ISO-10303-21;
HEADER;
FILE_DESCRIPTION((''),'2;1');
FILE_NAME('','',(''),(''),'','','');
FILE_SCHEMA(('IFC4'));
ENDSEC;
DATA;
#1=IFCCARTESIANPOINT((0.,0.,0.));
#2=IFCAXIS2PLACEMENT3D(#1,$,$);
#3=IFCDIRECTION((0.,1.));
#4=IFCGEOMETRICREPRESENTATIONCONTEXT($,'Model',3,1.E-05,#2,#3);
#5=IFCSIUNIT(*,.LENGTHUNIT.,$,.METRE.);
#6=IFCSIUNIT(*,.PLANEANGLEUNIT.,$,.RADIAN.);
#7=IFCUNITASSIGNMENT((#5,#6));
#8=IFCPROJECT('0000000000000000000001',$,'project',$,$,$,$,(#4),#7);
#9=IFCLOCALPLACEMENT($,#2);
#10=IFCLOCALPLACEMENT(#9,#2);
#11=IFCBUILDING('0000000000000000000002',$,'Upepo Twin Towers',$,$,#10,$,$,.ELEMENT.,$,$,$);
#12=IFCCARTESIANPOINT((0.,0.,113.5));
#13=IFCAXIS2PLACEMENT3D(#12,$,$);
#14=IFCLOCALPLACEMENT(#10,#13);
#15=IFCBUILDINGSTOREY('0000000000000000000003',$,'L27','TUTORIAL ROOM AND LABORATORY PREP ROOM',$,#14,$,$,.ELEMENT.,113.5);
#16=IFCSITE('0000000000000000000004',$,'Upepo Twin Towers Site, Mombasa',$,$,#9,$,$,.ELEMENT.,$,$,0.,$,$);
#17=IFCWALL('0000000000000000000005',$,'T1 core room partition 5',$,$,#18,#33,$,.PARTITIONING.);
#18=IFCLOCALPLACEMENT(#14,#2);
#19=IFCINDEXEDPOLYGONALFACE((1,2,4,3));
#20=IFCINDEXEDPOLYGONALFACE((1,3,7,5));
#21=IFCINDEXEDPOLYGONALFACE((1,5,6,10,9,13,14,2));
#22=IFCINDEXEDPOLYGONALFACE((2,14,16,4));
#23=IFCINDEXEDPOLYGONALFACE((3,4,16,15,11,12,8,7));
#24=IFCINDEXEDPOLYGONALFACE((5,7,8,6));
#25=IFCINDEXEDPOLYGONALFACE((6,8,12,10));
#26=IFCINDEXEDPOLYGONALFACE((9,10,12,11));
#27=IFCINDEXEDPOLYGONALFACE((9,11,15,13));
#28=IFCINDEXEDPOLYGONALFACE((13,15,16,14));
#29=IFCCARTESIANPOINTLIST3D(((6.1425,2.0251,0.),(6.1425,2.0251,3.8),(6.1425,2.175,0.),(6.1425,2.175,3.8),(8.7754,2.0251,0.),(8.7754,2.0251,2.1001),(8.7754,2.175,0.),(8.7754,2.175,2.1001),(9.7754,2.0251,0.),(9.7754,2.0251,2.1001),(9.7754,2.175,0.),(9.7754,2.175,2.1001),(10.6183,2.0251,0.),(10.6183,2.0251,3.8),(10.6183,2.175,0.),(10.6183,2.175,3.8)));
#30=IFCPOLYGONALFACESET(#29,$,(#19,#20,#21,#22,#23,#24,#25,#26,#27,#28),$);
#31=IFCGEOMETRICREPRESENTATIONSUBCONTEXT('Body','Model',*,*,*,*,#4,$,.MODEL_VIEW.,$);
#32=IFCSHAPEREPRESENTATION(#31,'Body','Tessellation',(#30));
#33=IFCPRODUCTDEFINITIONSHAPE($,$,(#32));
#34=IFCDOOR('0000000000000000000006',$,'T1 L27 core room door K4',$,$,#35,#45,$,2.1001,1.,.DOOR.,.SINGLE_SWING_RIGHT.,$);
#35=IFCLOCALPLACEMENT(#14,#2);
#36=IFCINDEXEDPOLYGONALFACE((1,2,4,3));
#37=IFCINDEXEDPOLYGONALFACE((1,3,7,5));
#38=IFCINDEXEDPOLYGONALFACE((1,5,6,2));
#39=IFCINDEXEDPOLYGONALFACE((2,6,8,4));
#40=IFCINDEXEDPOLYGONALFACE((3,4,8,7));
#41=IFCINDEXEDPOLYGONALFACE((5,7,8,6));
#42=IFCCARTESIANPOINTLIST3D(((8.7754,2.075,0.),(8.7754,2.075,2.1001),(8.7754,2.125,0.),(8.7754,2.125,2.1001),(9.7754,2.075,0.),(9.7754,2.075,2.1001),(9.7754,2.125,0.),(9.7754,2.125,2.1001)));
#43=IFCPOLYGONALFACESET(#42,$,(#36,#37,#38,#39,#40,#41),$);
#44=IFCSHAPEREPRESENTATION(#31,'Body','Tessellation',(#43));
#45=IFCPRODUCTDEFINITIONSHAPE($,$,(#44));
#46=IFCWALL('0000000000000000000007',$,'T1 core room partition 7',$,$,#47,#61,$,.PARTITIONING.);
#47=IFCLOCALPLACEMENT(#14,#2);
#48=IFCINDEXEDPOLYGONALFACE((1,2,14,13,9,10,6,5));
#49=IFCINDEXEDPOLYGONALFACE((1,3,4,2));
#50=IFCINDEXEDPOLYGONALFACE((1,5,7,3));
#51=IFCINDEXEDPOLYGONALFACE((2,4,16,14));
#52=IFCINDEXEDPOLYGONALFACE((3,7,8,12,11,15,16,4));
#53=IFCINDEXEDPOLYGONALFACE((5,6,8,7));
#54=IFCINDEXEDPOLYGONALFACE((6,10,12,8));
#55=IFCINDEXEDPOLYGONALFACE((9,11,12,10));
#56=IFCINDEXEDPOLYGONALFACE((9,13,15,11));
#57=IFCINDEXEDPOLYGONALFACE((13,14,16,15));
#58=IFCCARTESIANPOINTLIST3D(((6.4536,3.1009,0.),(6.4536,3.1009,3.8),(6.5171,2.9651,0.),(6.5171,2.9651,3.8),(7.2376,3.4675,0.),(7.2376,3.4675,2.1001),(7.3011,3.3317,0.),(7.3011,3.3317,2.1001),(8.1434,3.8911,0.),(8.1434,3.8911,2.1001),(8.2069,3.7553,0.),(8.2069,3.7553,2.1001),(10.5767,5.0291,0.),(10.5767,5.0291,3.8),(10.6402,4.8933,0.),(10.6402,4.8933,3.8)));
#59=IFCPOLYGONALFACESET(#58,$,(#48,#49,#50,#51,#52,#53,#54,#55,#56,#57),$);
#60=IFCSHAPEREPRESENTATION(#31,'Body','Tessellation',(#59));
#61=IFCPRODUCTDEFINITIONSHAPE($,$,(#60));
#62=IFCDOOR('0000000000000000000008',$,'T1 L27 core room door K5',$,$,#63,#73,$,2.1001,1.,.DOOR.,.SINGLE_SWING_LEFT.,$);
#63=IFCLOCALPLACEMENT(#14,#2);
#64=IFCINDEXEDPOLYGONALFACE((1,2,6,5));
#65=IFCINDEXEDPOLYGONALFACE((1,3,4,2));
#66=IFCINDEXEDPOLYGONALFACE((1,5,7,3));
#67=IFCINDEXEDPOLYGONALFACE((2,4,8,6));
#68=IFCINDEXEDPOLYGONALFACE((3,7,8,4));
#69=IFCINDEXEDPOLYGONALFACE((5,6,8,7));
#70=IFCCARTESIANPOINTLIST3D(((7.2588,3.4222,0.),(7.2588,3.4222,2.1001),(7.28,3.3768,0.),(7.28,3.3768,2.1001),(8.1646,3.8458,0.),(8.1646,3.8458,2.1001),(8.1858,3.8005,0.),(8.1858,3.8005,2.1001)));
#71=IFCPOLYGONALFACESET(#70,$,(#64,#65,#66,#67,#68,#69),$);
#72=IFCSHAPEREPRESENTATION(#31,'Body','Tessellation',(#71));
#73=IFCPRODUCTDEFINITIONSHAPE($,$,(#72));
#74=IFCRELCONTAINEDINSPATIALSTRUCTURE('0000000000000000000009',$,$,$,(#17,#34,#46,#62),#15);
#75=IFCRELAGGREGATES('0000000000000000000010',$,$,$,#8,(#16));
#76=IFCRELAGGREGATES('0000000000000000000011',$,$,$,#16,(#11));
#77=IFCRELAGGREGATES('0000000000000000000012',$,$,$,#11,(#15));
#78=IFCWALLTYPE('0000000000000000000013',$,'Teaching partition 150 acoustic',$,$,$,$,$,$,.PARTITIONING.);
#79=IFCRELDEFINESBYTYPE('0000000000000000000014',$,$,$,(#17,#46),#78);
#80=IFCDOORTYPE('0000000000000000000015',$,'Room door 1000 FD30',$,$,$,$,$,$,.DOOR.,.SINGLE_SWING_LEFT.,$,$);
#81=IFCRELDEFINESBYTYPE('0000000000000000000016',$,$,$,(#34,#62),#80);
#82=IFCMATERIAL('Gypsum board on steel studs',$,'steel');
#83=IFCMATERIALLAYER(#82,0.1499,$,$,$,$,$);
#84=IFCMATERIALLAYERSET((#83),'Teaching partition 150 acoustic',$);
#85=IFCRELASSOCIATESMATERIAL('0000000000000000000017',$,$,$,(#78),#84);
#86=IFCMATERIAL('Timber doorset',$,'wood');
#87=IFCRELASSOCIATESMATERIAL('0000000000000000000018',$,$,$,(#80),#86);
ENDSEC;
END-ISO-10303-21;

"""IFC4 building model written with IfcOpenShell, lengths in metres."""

from ifc_helpers import new_model, si_unit, direction, frame, frame_2d, origin, place, context, subcontext, project, spatial, rectangle, extrude, material, layer, layer_set, type_object, element, fill, save


model = new_model("IFC4")

# Units and contexts
model_context = context("Model", 3, precision=1e-05, world=origin(), true_north=direction((0.0, 1.0)))
body_context = subcontext(model_context, "Body", "Model", "MODEL_VIEW")
ifc_project = project(units=[si_unit("LENGTHUNIT", "METRE"), si_unit("PLANEANGLEUNIT", "RADIAN")], contexts=[model_context])

# Site, building, storey
site_placement = place(None, origin())
site = spatial("IfcSite", under=ifc_project, at=site_placement, Name="Upepo Twin Towers Site, Mombasa", CompositionType="ELEMENT", RefElevation=0.0)
building_placement = place(site_placement, origin())
building = spatial("IfcBuilding", under=site, at=building_placement, Name="Upepo Twin Towers", CompositionType="ELEMENT")
storey_placement = place(building_placement, frame((0.0, 0.0, 113.5)))
storey = spatial("IfcBuildingStorey", under=building, at=storey_placement, Name="L27", Description="TUTORIAL ROOM AND LABORATORY PREP ROOM", CompositionType="ELEMENT", Elevation=113.5)

# Walls, openings, doors
ifc_material_1 = material(Name="Gypsum board on steel studs", Category="steel")
ifc_layer_1 = layer(ifc_material_1, 0.1499)
ifc_layer_set_1 = layer_set([ifc_layer_1], Name="Teaching partition 150 acoustic")
wall_type_1 = type_object("IfcWallType", Name="Teaching partition 150 acoustic", PredefinedType="PARTITIONING", material=ifc_layer_set_1)
ifc_material_2 = material(Name="Timber doorset", Category="wood")
door_type_1 = type_object("IfcDoorType", Name="Room door 1000 FD30", OperationType="SINGLE_SWING_LEFT", PredefinedType="DOOR", material=ifc_material_2)
wall_1_placement = place(storey_placement, frame((6.1426, 2.1001, 0.0), z_axis=(0.0, 0.0, 1.0), x_axis=(1.0, 0.0, 0.0)))
wall_1 = element("IfcWall", 1, at=wall_1_placement, inside=storey, type_object=wall_type_1, Name="T1 core room partition 5", PredefinedType="PARTITIONING", context=body_context, shape_type="SweptSolid", body=[
    extrude(rectangle(XDim=4.4758, YDim=0.1499, at=frame_2d((2.2378, 0.0))), origin(), (0.0, 0.0, 1.0), 3.8),
])
opening_1_placement = place(wall_1_placement, frame((2.6328, 0.0, 0.0)))
opening_1 = element("IfcOpeningElement", 2, at=opening_1_placement, cuts=wall_1, PredefinedType="OPENING", context=body_context, shape_type="SweptSolid", body=[
    extrude(rectangle(XDim=1.0, YDim=2.1001, at=frame_2d((0.5, 1.05))), frame((0.0, 0.085, 0.0), z_axis=(0.0, -1.0, 0.0), x_axis=(1.0, 0.0, 0.0)), (0.0, 0.0, 1.0), 0.1699),
])
door_1_placement = place(opening_1_placement, origin())
door_1 = element("IfcDoor", 3, at=door_1_placement, inside=storey, type_object=door_type_1, Name="T1 L27 core room door K4", OperationType="SINGLE_SWING_RIGHT", OverallHeight=2.1001, OverallWidth=1.0, PredefinedType="DOOR", context=body_context, shape_type="SweptSolid", body=[
    extrude(rectangle(XDim=1.0, YDim=2.1001, at=frame_2d((0.5, 1.05))), frame((0.0, 0.0249, 0.0), z_axis=(0.0, -1.0, 0.0), x_axis=(1.0, 0.0, 0.0)), (0.0, 0.0, 1.0), 0.05),
])
fill(opening_1, door_1)
wall_2_placement = place(storey_placement, frame((6.4854, 3.033, 0.0), z_axis=(0.0, 0.0, 1.0), x_axis=(0.905835, 0.423631, 0.0)))
wall_2 = element("IfcWall", 4, at=wall_2_placement, inside=storey, type_object=wall_type_1, Name="T1 core room partition 7", PredefinedType="PARTITIONING", context=body_context, shape_type="SweptSolid", body=[
    extrude(rectangle(XDim=4.5518, YDim=0.1499, at=frame_2d((2.2759, 0.0))), origin(), (0.0, 0.0, 1.0), 3.8),
])
opening_2_placement = place(wall_2_placement, frame((0.8655, 0.0, 0.0)))
opening_2 = element("IfcOpeningElement", 5, at=opening_2_placement, cuts=wall_2, PredefinedType="OPENING", context=body_context, shape_type="SweptSolid", body=[
    extrude(rectangle(XDim=1.0, YDim=2.1001, at=frame_2d((0.5, 1.05))), frame((0.0, 0.085, 0.0), z_axis=(0.0, -1.0, 0.0), x_axis=(1.0, 0.0, 0.0)), (0.0, 0.0, 1.0), 0.1699),
])
door_2_placement = place(opening_2_placement, origin())
door_2 = element("IfcDoor", 6, at=door_2_placement, inside=storey, type_object=door_type_1, Name="T1 L27 core room door K5", OperationType="SINGLE_SWING_LEFT", OverallHeight=2.1001, OverallWidth=1.0, PredefinedType="DOOR", context=body_context, shape_type="SweptSolid", body=[
    extrude(rectangle(XDim=1.0, YDim=2.1001, at=frame_2d((0.5, 1.05))), frame((0.0, 0.0249, 0.0), z_axis=(0.0, -1.0, 0.0), x_axis=(1.0, 0.0, 0.0)), (0.0, 0.0, 1.0), 0.05),
])
fill(opening_2, door_2)

save(model, "model.ifc")
